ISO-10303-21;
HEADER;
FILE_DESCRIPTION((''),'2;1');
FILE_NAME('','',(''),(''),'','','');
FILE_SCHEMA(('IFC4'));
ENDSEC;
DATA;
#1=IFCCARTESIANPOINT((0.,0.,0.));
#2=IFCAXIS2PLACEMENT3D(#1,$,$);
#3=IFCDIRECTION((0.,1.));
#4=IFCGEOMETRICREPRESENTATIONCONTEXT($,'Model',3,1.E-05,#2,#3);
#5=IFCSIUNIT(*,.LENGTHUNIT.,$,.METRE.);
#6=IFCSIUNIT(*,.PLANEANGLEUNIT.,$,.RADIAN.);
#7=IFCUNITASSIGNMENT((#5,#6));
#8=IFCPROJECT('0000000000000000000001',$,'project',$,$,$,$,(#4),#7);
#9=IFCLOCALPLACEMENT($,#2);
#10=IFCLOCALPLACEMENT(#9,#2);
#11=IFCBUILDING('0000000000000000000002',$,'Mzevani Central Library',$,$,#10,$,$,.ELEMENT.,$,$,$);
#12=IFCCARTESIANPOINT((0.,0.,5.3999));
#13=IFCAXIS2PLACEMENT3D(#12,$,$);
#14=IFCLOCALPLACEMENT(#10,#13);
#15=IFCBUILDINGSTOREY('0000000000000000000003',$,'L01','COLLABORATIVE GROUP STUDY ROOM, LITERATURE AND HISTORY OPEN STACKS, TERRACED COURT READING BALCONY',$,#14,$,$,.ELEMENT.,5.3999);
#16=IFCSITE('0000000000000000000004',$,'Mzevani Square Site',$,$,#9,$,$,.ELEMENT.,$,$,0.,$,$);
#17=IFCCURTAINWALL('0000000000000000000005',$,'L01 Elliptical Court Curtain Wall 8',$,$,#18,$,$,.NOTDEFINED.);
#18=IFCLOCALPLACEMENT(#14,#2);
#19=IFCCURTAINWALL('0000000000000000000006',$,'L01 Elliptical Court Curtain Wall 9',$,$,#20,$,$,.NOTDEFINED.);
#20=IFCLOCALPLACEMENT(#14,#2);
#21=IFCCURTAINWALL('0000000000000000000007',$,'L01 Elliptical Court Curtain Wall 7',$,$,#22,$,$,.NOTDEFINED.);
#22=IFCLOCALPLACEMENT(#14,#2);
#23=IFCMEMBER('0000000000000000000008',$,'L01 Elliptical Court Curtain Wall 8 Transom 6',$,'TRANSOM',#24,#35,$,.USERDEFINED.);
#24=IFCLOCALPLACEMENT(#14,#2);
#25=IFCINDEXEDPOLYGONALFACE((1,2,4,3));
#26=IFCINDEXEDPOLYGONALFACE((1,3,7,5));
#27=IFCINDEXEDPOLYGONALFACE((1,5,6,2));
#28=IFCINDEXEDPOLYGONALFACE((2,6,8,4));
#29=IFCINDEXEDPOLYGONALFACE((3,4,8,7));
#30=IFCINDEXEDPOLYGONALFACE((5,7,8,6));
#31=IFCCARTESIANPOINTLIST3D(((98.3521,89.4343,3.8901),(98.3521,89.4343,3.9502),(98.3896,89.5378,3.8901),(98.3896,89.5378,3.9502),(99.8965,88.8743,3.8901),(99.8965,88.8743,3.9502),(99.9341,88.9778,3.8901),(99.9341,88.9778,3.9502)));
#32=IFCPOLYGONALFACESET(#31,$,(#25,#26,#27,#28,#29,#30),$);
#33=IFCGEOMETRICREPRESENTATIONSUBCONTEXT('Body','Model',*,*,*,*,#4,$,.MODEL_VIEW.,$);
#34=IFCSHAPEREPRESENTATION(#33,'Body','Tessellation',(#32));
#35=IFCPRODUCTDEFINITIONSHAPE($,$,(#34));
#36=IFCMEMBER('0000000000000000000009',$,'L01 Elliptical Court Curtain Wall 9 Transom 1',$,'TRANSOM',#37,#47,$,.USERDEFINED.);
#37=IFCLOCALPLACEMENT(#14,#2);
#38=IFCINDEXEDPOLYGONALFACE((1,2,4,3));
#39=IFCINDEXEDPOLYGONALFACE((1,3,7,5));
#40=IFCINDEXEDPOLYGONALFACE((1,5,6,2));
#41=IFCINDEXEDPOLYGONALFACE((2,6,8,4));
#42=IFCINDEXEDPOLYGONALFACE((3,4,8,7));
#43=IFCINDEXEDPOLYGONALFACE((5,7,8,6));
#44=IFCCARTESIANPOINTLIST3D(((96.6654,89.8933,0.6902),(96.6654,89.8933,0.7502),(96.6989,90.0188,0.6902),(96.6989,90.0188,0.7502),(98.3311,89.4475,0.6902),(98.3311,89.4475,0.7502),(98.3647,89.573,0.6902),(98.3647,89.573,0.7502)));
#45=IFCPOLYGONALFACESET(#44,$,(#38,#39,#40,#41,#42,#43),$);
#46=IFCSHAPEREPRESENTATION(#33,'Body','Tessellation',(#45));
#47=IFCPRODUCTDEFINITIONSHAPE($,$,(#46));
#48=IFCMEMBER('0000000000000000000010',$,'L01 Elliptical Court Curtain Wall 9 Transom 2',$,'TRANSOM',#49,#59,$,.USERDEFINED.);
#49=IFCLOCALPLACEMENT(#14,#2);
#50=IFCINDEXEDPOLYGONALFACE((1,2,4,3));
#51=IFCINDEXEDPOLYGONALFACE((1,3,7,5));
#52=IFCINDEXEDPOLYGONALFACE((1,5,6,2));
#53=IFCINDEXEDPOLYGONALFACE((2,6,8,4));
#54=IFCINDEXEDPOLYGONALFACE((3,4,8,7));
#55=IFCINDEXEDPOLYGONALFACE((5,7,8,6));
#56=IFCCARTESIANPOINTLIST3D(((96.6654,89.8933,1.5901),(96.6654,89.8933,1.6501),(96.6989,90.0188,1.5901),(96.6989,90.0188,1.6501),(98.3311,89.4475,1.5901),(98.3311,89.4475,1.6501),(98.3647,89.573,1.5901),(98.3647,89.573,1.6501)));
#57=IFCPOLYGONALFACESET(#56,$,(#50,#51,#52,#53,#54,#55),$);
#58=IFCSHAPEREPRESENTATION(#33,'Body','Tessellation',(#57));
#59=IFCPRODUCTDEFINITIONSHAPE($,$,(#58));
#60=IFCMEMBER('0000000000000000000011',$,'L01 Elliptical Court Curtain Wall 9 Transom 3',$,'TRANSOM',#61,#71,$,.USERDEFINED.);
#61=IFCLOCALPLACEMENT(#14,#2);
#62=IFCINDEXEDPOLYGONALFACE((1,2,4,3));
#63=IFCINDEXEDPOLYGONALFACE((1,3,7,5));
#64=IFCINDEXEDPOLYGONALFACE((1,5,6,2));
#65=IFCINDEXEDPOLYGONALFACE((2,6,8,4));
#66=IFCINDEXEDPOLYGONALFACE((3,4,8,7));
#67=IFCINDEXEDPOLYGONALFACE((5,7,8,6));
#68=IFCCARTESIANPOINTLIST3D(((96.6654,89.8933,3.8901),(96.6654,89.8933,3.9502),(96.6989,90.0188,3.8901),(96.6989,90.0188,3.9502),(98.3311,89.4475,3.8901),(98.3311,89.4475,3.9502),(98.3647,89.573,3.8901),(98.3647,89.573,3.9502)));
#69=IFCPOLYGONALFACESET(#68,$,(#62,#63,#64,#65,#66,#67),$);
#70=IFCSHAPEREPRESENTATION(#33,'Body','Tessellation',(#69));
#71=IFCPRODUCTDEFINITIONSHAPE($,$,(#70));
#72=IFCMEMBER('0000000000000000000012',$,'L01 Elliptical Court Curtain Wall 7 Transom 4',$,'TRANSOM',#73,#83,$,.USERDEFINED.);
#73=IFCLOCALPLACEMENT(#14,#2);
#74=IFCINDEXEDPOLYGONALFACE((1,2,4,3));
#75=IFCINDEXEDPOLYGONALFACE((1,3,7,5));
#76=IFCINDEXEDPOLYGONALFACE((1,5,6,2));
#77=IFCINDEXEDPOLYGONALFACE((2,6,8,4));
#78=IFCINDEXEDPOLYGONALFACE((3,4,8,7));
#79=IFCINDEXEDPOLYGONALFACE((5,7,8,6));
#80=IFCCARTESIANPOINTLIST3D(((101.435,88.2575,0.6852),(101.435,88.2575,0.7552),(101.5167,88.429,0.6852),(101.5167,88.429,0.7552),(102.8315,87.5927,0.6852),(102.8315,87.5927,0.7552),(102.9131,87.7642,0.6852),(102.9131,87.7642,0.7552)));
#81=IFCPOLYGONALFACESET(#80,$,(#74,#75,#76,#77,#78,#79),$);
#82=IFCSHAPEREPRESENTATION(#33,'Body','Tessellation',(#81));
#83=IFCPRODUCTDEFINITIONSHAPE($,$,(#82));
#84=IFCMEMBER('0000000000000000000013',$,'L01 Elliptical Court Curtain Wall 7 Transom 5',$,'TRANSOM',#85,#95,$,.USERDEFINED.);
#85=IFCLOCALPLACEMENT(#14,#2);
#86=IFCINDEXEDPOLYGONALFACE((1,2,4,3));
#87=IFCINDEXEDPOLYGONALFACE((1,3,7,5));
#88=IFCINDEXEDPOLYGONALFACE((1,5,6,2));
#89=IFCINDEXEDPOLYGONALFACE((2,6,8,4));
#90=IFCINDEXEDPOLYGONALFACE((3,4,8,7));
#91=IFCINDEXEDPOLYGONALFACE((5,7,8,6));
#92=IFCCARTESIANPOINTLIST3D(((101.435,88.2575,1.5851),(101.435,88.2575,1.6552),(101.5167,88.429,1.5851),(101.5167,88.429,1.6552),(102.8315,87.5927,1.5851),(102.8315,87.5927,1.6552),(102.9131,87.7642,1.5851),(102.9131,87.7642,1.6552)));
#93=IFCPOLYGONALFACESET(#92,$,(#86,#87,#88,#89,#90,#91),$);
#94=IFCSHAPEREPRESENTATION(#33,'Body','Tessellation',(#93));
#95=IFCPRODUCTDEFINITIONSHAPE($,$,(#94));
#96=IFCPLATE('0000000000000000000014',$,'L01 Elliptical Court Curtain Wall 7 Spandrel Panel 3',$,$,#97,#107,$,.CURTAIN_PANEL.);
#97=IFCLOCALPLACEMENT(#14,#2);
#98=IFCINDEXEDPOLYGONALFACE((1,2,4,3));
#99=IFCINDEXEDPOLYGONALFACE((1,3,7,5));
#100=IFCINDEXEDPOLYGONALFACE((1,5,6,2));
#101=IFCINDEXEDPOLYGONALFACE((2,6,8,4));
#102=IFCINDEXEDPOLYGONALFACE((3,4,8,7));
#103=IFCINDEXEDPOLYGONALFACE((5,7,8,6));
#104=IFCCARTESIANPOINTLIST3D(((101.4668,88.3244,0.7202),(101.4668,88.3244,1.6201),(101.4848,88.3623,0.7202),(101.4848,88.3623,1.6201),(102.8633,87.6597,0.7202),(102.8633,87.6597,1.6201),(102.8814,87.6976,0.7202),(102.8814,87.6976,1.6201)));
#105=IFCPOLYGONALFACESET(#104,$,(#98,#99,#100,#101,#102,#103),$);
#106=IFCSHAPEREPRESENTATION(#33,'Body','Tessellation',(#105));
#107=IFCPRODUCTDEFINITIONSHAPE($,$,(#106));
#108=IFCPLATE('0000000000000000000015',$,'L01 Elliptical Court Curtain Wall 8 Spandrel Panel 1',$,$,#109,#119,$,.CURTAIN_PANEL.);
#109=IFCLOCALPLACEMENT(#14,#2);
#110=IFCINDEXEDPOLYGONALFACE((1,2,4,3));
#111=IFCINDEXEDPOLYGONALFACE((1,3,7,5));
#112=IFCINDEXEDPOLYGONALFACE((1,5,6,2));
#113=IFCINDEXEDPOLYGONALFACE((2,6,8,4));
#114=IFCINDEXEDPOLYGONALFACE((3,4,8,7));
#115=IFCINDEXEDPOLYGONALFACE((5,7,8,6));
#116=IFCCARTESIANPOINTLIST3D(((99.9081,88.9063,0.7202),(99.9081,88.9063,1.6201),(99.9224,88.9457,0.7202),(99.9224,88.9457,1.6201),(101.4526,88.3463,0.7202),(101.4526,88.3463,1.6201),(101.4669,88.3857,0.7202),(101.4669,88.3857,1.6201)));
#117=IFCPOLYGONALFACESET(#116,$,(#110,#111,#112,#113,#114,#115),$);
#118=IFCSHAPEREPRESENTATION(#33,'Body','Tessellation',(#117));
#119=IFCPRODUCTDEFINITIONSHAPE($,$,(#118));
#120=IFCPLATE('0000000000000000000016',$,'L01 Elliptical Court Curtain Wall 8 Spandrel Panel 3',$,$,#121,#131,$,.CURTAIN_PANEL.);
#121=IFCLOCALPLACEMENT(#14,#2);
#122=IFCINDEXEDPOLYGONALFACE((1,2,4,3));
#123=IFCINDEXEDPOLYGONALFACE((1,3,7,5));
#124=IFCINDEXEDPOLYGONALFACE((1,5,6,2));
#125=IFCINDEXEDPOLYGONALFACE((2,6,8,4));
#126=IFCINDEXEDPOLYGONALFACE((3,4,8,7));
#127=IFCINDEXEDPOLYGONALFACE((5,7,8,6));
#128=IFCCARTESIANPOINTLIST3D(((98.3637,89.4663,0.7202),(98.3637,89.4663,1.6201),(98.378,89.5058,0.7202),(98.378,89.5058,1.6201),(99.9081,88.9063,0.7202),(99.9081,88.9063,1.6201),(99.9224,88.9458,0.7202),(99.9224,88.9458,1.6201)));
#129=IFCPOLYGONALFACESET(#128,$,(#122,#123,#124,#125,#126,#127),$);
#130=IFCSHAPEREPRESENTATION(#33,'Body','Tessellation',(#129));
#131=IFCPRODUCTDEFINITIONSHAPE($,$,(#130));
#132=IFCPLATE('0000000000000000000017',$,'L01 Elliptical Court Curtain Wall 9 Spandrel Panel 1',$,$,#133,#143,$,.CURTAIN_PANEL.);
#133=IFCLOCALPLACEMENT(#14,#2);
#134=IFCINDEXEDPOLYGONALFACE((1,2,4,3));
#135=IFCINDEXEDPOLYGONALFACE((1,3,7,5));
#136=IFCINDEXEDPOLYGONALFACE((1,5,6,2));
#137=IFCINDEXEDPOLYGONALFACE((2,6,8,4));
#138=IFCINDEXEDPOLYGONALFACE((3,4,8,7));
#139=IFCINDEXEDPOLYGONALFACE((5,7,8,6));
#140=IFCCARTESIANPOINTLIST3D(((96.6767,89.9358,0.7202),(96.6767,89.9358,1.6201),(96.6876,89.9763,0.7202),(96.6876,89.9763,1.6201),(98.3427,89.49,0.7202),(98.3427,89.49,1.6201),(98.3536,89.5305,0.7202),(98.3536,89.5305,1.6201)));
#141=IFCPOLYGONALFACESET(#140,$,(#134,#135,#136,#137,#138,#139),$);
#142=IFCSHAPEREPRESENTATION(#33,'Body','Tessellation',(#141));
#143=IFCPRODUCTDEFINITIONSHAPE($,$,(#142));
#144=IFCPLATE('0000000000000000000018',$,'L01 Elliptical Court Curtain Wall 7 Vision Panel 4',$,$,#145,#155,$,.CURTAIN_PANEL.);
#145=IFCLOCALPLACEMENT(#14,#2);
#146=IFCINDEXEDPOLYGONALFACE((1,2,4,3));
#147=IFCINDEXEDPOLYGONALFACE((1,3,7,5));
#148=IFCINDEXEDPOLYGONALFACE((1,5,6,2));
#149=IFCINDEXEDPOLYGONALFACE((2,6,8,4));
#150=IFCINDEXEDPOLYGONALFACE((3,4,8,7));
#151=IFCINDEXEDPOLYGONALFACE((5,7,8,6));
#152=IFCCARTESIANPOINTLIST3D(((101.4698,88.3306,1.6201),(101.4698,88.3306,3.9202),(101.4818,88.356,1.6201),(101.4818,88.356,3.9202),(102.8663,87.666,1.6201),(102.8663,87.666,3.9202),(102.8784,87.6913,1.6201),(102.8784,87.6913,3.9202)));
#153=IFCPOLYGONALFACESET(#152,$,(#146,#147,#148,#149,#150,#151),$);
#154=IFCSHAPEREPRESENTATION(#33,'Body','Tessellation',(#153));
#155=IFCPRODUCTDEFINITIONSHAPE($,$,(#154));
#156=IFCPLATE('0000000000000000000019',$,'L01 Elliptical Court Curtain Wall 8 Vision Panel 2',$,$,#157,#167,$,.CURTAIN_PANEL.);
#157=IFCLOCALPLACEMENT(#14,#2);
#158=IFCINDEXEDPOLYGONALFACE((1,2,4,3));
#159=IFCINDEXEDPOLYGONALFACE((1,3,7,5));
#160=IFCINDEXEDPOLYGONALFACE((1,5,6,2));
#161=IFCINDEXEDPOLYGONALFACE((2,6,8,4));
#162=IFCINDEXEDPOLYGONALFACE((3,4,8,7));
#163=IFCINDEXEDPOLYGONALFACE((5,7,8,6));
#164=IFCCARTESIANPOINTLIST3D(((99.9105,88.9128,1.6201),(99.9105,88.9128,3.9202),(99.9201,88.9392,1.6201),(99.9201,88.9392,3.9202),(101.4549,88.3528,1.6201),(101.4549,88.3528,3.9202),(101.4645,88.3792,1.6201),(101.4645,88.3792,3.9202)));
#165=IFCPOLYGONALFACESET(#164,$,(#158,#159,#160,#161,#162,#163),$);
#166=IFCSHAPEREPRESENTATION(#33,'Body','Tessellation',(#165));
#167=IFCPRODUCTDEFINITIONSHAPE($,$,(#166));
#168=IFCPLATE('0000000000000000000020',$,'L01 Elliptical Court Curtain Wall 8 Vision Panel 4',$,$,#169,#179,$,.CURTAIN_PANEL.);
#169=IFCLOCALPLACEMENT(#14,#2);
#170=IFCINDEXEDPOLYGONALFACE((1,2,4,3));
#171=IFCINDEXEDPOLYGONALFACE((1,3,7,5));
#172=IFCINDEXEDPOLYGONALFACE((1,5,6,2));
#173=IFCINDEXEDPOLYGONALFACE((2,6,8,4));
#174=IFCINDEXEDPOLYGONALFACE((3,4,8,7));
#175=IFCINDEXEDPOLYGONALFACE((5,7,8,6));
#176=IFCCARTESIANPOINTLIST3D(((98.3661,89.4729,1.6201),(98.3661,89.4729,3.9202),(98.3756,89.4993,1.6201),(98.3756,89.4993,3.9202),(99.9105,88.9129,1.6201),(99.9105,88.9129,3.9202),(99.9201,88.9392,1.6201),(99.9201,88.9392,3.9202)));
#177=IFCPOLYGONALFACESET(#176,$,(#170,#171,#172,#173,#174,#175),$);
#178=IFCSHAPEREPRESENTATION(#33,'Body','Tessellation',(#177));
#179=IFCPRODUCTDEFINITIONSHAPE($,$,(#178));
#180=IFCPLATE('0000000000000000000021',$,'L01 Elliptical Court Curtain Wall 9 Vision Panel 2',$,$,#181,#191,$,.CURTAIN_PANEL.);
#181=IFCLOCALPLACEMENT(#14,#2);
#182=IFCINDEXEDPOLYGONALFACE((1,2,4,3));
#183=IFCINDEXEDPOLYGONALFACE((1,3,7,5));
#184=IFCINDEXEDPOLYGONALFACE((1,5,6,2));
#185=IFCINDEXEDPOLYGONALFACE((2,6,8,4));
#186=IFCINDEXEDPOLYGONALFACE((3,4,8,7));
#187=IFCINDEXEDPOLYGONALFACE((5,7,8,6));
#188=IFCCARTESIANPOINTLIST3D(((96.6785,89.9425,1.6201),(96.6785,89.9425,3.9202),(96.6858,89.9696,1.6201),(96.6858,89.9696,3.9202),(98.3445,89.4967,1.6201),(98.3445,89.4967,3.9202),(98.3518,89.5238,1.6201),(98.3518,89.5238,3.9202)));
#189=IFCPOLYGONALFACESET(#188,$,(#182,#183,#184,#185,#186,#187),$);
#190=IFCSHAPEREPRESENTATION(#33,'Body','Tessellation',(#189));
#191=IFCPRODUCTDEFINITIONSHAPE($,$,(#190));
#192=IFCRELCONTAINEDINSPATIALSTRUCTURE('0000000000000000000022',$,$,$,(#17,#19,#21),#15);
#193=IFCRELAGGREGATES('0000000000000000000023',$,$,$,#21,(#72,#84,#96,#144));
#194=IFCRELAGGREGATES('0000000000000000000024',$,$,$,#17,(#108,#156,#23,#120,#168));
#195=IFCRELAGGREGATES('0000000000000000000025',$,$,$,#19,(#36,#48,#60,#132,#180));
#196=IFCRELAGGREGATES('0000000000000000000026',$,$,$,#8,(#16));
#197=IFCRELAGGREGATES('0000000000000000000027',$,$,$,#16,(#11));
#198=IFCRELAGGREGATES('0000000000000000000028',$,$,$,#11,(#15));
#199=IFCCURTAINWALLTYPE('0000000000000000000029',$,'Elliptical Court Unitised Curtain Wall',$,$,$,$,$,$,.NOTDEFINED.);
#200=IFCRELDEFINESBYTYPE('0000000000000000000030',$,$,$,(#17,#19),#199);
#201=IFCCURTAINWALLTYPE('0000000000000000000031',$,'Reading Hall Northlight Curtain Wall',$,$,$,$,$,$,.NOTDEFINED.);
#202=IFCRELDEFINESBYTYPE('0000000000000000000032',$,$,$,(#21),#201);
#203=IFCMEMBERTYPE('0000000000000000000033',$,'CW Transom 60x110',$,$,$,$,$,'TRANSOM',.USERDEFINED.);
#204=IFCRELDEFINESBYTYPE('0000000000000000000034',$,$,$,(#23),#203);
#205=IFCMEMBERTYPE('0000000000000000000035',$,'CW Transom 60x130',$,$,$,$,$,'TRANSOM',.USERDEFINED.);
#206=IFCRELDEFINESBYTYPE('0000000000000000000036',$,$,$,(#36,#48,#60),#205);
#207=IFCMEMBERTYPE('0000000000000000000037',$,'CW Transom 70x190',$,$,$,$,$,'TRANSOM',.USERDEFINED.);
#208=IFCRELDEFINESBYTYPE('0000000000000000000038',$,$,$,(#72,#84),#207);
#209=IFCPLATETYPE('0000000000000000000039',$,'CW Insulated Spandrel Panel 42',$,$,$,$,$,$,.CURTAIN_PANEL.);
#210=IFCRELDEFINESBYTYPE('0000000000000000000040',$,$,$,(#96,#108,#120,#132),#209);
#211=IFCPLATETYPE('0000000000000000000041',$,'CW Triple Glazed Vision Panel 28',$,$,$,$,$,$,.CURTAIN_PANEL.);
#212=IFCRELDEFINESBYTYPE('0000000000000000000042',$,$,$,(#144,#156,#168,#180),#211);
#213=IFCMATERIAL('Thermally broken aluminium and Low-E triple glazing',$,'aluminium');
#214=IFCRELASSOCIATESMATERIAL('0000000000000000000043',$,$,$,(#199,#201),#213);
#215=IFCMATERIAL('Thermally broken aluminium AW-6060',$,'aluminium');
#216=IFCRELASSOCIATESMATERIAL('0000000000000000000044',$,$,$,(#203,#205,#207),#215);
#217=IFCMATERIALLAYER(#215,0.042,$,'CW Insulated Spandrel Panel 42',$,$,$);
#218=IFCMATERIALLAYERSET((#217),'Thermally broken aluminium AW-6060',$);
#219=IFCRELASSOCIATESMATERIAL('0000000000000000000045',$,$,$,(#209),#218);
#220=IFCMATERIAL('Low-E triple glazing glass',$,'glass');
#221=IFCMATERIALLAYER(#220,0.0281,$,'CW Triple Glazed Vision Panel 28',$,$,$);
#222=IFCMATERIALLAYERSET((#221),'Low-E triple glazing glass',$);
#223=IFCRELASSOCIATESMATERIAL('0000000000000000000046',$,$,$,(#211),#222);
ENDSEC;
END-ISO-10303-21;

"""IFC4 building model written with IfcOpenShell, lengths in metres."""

from ifc_helpers import new_model, si_unit, direction, frame, origin, origin_2d, place, context, subcontext, project, spatial, rectangle, extrude, material, layer, layer_set, material_profile, profile_set, type_object, element, aggregate, save


model = new_model("IFC4")

# Units and contexts
model_context = context("Model", 3, precision=1e-05, world=origin(), true_north=direction((0.0, 1.0)))
body_context = subcontext(model_context, "Body", "Model", "MODEL_VIEW")
ifc_project = project(units=[si_unit("LENGTHUNIT", "METRE"), si_unit("PLANEANGLEUNIT", "RADIAN")], contexts=[model_context])

# Site, building, storey
site_placement = place(None, origin())
site = spatial("IfcSite", under=ifc_project, at=site_placement, Name="Mzevani Square Site", CompositionType="ELEMENT", RefElevation=0.0)
building_placement = place(site_placement, origin())
building = spatial("IfcBuilding", under=site, at=building_placement, Name="Mzevani Central Library", CompositionType="ELEMENT")
storey_placement = place(building_placement, frame((0.0, 0.0, 5.3999)))
storey = spatial("IfcBuildingStorey", under=building, at=storey_placement, Name="L01", Description="COLLABORATIVE GROUP STUDY ROOM, LITERATURE AND HISTORY OPEN STACKS, TERRACED COURT READING BALCONY", CompositionType="ELEMENT", Elevation=5.3999)

# Curtain wall
ifc_material_1 = material(Name="Thermally broken aluminium and Low-E triple glazing", Category="aluminium")
curtain_wall_type_1 = type_object("IfcCurtainWallType", Name="Elliptical Court Unitised Curtain Wall", PredefinedType="NOTDEFINED", material=ifc_material_1)
curtain_wall_1_placement = place(storey_placement, origin())
curtain_wall_1 = element("IfcCurtainWall", 1, at=curtain_wall_1_placement, inside=storey, type_object=curtain_wall_type_1, Name="L01 Elliptical Court Curtain Wall 8", PredefinedType="NOTDEFINED")
ifc_material_2 = material(Name="Thermally broken aluminium AW-6060", Category="aluminium")

# Curtain wall
curtain_wall_2_placement = place(storey_placement, origin())
curtain_wall_2 = element("IfcCurtainWall", 2, at=curtain_wall_2_placement, inside=storey, type_object=curtain_wall_type_1, Name="L01 Elliptical Court Curtain Wall 9", PredefinedType="NOTDEFINED")

# Curtain wall
curtain_wall_type_2 = type_object("IfcCurtainWallType", Name="Reading Hall Northlight Curtain Wall", PredefinedType="NOTDEFINED", material=ifc_material_1)
curtain_wall_3_placement = place(storey_placement, origin())
curtain_wall_3 = element("IfcCurtainWall", 3, at=curtain_wall_3_placement, inside=storey, type_object=curtain_wall_type_2, Name="L01 Elliptical Court Curtain Wall 7", PredefinedType="NOTDEFINED")

# Members
ifc_material_profile_1 = material_profile(ifc_material_2, rectangle(XDim=0.1101, YDim=0.0601, at=origin_2d()), Name="ALU T60x110")
ifc_profile_set_1 = profile_set([ifc_material_profile_1], Name="Thermally broken aluminium AW-6060")
member_type_1 = type_object("IfcMemberType", Name="CW Transom 60x110", ElementType="TRANSOM", PredefinedType="USERDEFINED", material=ifc_profile_set_1)
member_1_placement = place(storey_placement, frame((99.9153, 88.926, 3.9202), z_axis=(-0.940097, 0.340908, 0.0), x_axis=(-0.340908, -0.940097, 0.0)))
member_1 = element("IfcMember", 4, at=member_1_placement, type_object=member_type_1, Name="L01 Elliptical Court Curtain Wall 8 Transom 6", ObjectType="TRANSOM", PredefinedType="USERDEFINED", context=body_context, shape_type="SweptSolid", body=[
    extrude(rectangle(XDim=0.1101, YDim=0.0601, at=origin_2d()), origin(), (0.0, 0.0, 1.0), 1.6428),
])
ifc_material_profile_2 = material_profile(ifc_material_2, rectangle(XDim=0.1299, YDim=0.0601, at=origin_2d()), Name="ALU T60x130")
ifc_profile_set_2 = profile_set([ifc_material_profile_2], Name="Thermally broken aluminium AW-6060")
member_type_2 = type_object("IfcMemberType", Name="CW Transom 60x130", ElementType="TRANSOM", PredefinedType="USERDEFINED", material=ifc_profile_set_2)
member_2_placement = place(storey_placement, frame((98.3479, 89.5103, 0.7202), z_axis=(-0.966004, 0.258526, 0.0), x_axis=(-0.258526, -0.966004, 0.0)))
member_2 = element("IfcMember", 5, at=member_2_placement, type_object=member_type_2, Name="L01 Elliptical Court Curtain Wall 9 Transom 1", ObjectType="TRANSOM", PredefinedType="USERDEFINED", context=body_context, shape_type="SweptSolid", body=[
    extrude(rectangle(XDim=0.1299, YDim=0.0601, at=origin_2d()), origin(), (0.0, 0.0, 1.0), 1.7244),
])
member_3_placement = place(storey_placement, frame((98.3479, 89.5103, 1.6201), z_axis=(-0.966004, 0.258526, 0.0), x_axis=(-0.258526, -0.966004, 0.0)))
member_3 = element("IfcMember", 6, at=member_3_placement, type_object=member_type_2, Name="L01 Elliptical Court Curtain Wall 9 Transom 2", ObjectType="TRANSOM", PredefinedType="USERDEFINED", context=body_context, shape_type="SweptSolid", body=[
    extrude(rectangle(XDim=0.1299, YDim=0.0601, at=origin_2d()), origin(), (0.0, 0.0, 1.0), 1.7244),
])
member_4_placement = place(storey_placement, frame((98.3479, 89.5103, 3.9202), z_axis=(-0.966004, 0.258526, 0.0), x_axis=(-0.258526, -0.966004, 0.0)))
member_4 = element("IfcMember", 7, at=member_4_placement, type_object=member_type_2, Name="L01 Elliptical Court Curtain Wall 9 Transom 3", ObjectType="TRANSOM", PredefinedType="USERDEFINED", context=body_context, shape_type="SweptSolid", body=[
    extrude(rectangle(XDim=0.1299, YDim=0.0601, at=origin_2d()), origin(), (0.0, 0.0, 1.0), 1.7244),
])
ifc_material_profile_3 = material_profile(ifc_material_2, rectangle(XDim=0.1899, YDim=0.0701, at=origin_2d()), Name="ALU T70x190")
ifc_profile_set_3 = profile_set([ifc_material_profile_3], Name="Thermally broken aluminium AW-6060")
member_type_3 = type_object("IfcMemberType", Name="CW Transom 70x190", ElementType="TRANSOM", PredefinedType="USERDEFINED", material=ifc_profile_set_3)
member_5_placement = place(storey_placement, frame((102.8723, 87.6785, 0.7202), z_axis=(-0.90291, 0.429829, 0.0), x_axis=(-0.429829, -0.90291, 0.0)))
member_5 = element("IfcMember", 8, at=member_5_placement, type_object=member_type_3, Name="L01 Elliptical Court Curtain Wall 7 Transom 4", ObjectType="TRANSOM", PredefinedType="USERDEFINED", context=body_context, shape_type="SweptSolid", body=[
    extrude(rectangle(XDim=0.1899, YDim=0.0701, at=origin_2d()), origin(), (0.0, 0.0, 1.0), 1.5466),
])
member_6_placement = place(storey_placement, frame((102.8723, 87.6785, 1.6201), z_axis=(-0.90291, 0.429829, 0.0), x_axis=(-0.429829, -0.90291, 0.0)))
member_6 = element("IfcMember", 9, at=member_6_placement, type_object=member_type_3, Name="L01 Elliptical Court Curtain Wall 7 Transom 5", ObjectType="TRANSOM", PredefinedType="USERDEFINED", context=body_context, shape_type="SweptSolid", body=[
    extrude(rectangle(XDim=0.1899, YDim=0.0701, at=origin_2d()), origin(), (0.0, 0.0, 1.0), 1.5466),
])

# Plates
ifc_layer_1 = layer(ifc_material_2, 0.042, Name="CW Insulated Spandrel Panel 42")
ifc_layer_set_1 = layer_set([ifc_layer_1], Name="Thermally broken aluminium AW-6060")
plate_type_1 = type_object("IfcPlateType", Name="CW Insulated Spandrel Panel 42", PredefinedType="CURTAIN_PANEL", material=ifc_layer_set_1)
plate_1_placement = place(storey_placement, frame((102.1741, 88.011, 0.7202), z_axis=(0.0, 0.0, 1.0), x_axis=(-0.902949, 0.429748, 0.0)))
plate_1 = element("IfcPlate", 10, at=plate_1_placement, type_object=plate_type_1, Name="L01 Elliptical Court Curtain Wall 7 Spandrel Panel 3", PredefinedType="CURTAIN_PANEL", context=body_context, shape_type="SweptSolid", body=[
    extrude(rectangle(XDim=1.5466, YDim=0.042, at=origin_2d()), origin(), (0.0, 0.0, 1.0), 0.8999),
])
plate_2_placement = place(storey_placement, frame((100.6875, 88.646, 0.7202), z_axis=(0.0, 0.0, 1.0), x_axis=(-0.940106, 0.340883, 0.0)))
plate_2 = element("IfcPlate", 11, at=plate_2_placement, type_object=plate_type_1, Name="L01 Elliptical Court Curtain Wall 8 Spandrel Panel 1", PredefinedType="CURTAIN_PANEL", context=body_context, shape_type="SweptSolid", body=[
    extrude(rectangle(XDim=1.6428, YDim=0.042, at=origin_2d()), origin(), (0.0, 0.0, 1.0), 0.8999),
])
plate_3_placement = place(storey_placement, frame((99.1431, 89.2061, 0.7202), z_axis=(0.0, 0.0, 1.0), x_axis=(-0.940106, 0.340883, 0.0)))
plate_3 = element("IfcPlate", 12, at=plate_3_placement, type_object=plate_type_1, Name="L01 Elliptical Court Curtain Wall 8 Spandrel Panel 3", PredefinedType="CURTAIN_PANEL", context=body_context, shape_type="SweptSolid", body=[
    extrude(rectangle(XDim=1.6428, YDim=0.042, at=origin_2d()), origin(), (0.0, 0.0, 1.0), 0.8999),
])
plate_4_placement = place(storey_placement, frame((97.5151, 89.7332, 0.7202), z_axis=(0.0, 0.0, 1.0), x_axis=(-0.966009, 0.258507, 0.0)))
plate_4 = element("IfcPlate", 13, at=plate_4_placement, type_object=plate_type_1, Name="L01 Elliptical Court Curtain Wall 9 Spandrel Panel 1", PredefinedType="CURTAIN_PANEL", context=body_context, shape_type="SweptSolid", body=[
    extrude(rectangle(XDim=1.7246, YDim=0.042, at=origin_2d()), origin(), (0.0, 0.0, 1.0), 0.8999),
])
ifc_material_3 = material(Name="Low-E triple glazing glass", Category="glass")
ifc_layer_2 = layer(ifc_material_3, 0.0281, Name="CW Triple Glazed Vision Panel 28")
ifc_layer_set_2 = layer_set([ifc_layer_2], Name="Low-E triple glazing glass")
plate_type_2 = type_object("IfcPlateType", Name="CW Triple Glazed Vision Panel 28", PredefinedType="CURTAIN_PANEL", material=ifc_layer_set_2)
plate_5_placement = place(storey_placement, frame((102.1741, 88.011, 1.6201), z_axis=(0.0, 0.0, 1.0), x_axis=(-0.902949, 0.429748, 0.0)))
plate_5 = element("IfcPlate", 14, at=plate_5_placement, type_object=plate_type_2, Name="L01 Elliptical Court Curtain Wall 7 Vision Panel 4", PredefinedType="CURTAIN_PANEL", context=body_context, shape_type="SweptSolid", body=[
    extrude(rectangle(XDim=1.5466, YDim=0.0281, at=origin_2d()), origin(), (0.0, 0.0, 1.0), 2.3),
])
aggregate(curtain_wall_3, [member_5, member_6, plate_1, plate_5])
plate_6_placement = place(storey_placement, frame((100.6875, 88.646, 1.6201), z_axis=(0.0, 0.0, 1.0), x_axis=(-0.940106, 0.340883, 0.0)))
plate_6 = element("IfcPlate", 15, at=plate_6_placement, type_object=plate_type_2, Name="L01 Elliptical Court Curtain Wall 8 Vision Panel 2", PredefinedType="CURTAIN_PANEL", context=body_context, shape_type="SweptSolid", body=[
    extrude(rectangle(XDim=1.6428, YDim=0.0281, at=origin_2d()), origin(), (0.0, 0.0, 1.0), 2.3),
])
plate_7_placement = place(storey_placement, frame((99.1431, 89.2061, 1.6201), z_axis=(0.0, 0.0, 1.0), x_axis=(-0.940106, 0.340883, 0.0)))
plate_7 = element("IfcPlate", 16, at=plate_7_placement, type_object=plate_type_2, Name="L01 Elliptical Court Curtain Wall 8 Vision Panel 4", PredefinedType="CURTAIN_PANEL", context=body_context, shape_type="SweptSolid", body=[
    extrude(rectangle(XDim=1.6428, YDim=0.0281, at=origin_2d()), origin(), (0.0, 0.0, 1.0), 2.3),
])
aggregate(curtain_wall_1, [plate_2, plate_6, member_1, plate_3, plate_7])
plate_8_placement = place(storey_placement, frame((97.5151, 89.7332, 1.6201), z_axis=(0.0, 0.0, 1.0), x_axis=(-0.966009, 0.258507, 0.0)))
plate_8 = element("IfcPlate", 17, at=plate_8_placement, type_object=plate_type_2, Name="L01 Elliptical Court Curtain Wall 9 Vision Panel 2", PredefinedType="CURTAIN_PANEL", context=body_context, shape_type="SweptSolid", body=[
    extrude(rectangle(XDim=1.7246, YDim=0.0281, at=origin_2d()), origin(), (0.0, 0.0, 1.0), 2.3),
])
aggregate(curtain_wall_2, [member_2, member_3, member_4, plate_4, plate_8])

save(model, "model.ifc")
